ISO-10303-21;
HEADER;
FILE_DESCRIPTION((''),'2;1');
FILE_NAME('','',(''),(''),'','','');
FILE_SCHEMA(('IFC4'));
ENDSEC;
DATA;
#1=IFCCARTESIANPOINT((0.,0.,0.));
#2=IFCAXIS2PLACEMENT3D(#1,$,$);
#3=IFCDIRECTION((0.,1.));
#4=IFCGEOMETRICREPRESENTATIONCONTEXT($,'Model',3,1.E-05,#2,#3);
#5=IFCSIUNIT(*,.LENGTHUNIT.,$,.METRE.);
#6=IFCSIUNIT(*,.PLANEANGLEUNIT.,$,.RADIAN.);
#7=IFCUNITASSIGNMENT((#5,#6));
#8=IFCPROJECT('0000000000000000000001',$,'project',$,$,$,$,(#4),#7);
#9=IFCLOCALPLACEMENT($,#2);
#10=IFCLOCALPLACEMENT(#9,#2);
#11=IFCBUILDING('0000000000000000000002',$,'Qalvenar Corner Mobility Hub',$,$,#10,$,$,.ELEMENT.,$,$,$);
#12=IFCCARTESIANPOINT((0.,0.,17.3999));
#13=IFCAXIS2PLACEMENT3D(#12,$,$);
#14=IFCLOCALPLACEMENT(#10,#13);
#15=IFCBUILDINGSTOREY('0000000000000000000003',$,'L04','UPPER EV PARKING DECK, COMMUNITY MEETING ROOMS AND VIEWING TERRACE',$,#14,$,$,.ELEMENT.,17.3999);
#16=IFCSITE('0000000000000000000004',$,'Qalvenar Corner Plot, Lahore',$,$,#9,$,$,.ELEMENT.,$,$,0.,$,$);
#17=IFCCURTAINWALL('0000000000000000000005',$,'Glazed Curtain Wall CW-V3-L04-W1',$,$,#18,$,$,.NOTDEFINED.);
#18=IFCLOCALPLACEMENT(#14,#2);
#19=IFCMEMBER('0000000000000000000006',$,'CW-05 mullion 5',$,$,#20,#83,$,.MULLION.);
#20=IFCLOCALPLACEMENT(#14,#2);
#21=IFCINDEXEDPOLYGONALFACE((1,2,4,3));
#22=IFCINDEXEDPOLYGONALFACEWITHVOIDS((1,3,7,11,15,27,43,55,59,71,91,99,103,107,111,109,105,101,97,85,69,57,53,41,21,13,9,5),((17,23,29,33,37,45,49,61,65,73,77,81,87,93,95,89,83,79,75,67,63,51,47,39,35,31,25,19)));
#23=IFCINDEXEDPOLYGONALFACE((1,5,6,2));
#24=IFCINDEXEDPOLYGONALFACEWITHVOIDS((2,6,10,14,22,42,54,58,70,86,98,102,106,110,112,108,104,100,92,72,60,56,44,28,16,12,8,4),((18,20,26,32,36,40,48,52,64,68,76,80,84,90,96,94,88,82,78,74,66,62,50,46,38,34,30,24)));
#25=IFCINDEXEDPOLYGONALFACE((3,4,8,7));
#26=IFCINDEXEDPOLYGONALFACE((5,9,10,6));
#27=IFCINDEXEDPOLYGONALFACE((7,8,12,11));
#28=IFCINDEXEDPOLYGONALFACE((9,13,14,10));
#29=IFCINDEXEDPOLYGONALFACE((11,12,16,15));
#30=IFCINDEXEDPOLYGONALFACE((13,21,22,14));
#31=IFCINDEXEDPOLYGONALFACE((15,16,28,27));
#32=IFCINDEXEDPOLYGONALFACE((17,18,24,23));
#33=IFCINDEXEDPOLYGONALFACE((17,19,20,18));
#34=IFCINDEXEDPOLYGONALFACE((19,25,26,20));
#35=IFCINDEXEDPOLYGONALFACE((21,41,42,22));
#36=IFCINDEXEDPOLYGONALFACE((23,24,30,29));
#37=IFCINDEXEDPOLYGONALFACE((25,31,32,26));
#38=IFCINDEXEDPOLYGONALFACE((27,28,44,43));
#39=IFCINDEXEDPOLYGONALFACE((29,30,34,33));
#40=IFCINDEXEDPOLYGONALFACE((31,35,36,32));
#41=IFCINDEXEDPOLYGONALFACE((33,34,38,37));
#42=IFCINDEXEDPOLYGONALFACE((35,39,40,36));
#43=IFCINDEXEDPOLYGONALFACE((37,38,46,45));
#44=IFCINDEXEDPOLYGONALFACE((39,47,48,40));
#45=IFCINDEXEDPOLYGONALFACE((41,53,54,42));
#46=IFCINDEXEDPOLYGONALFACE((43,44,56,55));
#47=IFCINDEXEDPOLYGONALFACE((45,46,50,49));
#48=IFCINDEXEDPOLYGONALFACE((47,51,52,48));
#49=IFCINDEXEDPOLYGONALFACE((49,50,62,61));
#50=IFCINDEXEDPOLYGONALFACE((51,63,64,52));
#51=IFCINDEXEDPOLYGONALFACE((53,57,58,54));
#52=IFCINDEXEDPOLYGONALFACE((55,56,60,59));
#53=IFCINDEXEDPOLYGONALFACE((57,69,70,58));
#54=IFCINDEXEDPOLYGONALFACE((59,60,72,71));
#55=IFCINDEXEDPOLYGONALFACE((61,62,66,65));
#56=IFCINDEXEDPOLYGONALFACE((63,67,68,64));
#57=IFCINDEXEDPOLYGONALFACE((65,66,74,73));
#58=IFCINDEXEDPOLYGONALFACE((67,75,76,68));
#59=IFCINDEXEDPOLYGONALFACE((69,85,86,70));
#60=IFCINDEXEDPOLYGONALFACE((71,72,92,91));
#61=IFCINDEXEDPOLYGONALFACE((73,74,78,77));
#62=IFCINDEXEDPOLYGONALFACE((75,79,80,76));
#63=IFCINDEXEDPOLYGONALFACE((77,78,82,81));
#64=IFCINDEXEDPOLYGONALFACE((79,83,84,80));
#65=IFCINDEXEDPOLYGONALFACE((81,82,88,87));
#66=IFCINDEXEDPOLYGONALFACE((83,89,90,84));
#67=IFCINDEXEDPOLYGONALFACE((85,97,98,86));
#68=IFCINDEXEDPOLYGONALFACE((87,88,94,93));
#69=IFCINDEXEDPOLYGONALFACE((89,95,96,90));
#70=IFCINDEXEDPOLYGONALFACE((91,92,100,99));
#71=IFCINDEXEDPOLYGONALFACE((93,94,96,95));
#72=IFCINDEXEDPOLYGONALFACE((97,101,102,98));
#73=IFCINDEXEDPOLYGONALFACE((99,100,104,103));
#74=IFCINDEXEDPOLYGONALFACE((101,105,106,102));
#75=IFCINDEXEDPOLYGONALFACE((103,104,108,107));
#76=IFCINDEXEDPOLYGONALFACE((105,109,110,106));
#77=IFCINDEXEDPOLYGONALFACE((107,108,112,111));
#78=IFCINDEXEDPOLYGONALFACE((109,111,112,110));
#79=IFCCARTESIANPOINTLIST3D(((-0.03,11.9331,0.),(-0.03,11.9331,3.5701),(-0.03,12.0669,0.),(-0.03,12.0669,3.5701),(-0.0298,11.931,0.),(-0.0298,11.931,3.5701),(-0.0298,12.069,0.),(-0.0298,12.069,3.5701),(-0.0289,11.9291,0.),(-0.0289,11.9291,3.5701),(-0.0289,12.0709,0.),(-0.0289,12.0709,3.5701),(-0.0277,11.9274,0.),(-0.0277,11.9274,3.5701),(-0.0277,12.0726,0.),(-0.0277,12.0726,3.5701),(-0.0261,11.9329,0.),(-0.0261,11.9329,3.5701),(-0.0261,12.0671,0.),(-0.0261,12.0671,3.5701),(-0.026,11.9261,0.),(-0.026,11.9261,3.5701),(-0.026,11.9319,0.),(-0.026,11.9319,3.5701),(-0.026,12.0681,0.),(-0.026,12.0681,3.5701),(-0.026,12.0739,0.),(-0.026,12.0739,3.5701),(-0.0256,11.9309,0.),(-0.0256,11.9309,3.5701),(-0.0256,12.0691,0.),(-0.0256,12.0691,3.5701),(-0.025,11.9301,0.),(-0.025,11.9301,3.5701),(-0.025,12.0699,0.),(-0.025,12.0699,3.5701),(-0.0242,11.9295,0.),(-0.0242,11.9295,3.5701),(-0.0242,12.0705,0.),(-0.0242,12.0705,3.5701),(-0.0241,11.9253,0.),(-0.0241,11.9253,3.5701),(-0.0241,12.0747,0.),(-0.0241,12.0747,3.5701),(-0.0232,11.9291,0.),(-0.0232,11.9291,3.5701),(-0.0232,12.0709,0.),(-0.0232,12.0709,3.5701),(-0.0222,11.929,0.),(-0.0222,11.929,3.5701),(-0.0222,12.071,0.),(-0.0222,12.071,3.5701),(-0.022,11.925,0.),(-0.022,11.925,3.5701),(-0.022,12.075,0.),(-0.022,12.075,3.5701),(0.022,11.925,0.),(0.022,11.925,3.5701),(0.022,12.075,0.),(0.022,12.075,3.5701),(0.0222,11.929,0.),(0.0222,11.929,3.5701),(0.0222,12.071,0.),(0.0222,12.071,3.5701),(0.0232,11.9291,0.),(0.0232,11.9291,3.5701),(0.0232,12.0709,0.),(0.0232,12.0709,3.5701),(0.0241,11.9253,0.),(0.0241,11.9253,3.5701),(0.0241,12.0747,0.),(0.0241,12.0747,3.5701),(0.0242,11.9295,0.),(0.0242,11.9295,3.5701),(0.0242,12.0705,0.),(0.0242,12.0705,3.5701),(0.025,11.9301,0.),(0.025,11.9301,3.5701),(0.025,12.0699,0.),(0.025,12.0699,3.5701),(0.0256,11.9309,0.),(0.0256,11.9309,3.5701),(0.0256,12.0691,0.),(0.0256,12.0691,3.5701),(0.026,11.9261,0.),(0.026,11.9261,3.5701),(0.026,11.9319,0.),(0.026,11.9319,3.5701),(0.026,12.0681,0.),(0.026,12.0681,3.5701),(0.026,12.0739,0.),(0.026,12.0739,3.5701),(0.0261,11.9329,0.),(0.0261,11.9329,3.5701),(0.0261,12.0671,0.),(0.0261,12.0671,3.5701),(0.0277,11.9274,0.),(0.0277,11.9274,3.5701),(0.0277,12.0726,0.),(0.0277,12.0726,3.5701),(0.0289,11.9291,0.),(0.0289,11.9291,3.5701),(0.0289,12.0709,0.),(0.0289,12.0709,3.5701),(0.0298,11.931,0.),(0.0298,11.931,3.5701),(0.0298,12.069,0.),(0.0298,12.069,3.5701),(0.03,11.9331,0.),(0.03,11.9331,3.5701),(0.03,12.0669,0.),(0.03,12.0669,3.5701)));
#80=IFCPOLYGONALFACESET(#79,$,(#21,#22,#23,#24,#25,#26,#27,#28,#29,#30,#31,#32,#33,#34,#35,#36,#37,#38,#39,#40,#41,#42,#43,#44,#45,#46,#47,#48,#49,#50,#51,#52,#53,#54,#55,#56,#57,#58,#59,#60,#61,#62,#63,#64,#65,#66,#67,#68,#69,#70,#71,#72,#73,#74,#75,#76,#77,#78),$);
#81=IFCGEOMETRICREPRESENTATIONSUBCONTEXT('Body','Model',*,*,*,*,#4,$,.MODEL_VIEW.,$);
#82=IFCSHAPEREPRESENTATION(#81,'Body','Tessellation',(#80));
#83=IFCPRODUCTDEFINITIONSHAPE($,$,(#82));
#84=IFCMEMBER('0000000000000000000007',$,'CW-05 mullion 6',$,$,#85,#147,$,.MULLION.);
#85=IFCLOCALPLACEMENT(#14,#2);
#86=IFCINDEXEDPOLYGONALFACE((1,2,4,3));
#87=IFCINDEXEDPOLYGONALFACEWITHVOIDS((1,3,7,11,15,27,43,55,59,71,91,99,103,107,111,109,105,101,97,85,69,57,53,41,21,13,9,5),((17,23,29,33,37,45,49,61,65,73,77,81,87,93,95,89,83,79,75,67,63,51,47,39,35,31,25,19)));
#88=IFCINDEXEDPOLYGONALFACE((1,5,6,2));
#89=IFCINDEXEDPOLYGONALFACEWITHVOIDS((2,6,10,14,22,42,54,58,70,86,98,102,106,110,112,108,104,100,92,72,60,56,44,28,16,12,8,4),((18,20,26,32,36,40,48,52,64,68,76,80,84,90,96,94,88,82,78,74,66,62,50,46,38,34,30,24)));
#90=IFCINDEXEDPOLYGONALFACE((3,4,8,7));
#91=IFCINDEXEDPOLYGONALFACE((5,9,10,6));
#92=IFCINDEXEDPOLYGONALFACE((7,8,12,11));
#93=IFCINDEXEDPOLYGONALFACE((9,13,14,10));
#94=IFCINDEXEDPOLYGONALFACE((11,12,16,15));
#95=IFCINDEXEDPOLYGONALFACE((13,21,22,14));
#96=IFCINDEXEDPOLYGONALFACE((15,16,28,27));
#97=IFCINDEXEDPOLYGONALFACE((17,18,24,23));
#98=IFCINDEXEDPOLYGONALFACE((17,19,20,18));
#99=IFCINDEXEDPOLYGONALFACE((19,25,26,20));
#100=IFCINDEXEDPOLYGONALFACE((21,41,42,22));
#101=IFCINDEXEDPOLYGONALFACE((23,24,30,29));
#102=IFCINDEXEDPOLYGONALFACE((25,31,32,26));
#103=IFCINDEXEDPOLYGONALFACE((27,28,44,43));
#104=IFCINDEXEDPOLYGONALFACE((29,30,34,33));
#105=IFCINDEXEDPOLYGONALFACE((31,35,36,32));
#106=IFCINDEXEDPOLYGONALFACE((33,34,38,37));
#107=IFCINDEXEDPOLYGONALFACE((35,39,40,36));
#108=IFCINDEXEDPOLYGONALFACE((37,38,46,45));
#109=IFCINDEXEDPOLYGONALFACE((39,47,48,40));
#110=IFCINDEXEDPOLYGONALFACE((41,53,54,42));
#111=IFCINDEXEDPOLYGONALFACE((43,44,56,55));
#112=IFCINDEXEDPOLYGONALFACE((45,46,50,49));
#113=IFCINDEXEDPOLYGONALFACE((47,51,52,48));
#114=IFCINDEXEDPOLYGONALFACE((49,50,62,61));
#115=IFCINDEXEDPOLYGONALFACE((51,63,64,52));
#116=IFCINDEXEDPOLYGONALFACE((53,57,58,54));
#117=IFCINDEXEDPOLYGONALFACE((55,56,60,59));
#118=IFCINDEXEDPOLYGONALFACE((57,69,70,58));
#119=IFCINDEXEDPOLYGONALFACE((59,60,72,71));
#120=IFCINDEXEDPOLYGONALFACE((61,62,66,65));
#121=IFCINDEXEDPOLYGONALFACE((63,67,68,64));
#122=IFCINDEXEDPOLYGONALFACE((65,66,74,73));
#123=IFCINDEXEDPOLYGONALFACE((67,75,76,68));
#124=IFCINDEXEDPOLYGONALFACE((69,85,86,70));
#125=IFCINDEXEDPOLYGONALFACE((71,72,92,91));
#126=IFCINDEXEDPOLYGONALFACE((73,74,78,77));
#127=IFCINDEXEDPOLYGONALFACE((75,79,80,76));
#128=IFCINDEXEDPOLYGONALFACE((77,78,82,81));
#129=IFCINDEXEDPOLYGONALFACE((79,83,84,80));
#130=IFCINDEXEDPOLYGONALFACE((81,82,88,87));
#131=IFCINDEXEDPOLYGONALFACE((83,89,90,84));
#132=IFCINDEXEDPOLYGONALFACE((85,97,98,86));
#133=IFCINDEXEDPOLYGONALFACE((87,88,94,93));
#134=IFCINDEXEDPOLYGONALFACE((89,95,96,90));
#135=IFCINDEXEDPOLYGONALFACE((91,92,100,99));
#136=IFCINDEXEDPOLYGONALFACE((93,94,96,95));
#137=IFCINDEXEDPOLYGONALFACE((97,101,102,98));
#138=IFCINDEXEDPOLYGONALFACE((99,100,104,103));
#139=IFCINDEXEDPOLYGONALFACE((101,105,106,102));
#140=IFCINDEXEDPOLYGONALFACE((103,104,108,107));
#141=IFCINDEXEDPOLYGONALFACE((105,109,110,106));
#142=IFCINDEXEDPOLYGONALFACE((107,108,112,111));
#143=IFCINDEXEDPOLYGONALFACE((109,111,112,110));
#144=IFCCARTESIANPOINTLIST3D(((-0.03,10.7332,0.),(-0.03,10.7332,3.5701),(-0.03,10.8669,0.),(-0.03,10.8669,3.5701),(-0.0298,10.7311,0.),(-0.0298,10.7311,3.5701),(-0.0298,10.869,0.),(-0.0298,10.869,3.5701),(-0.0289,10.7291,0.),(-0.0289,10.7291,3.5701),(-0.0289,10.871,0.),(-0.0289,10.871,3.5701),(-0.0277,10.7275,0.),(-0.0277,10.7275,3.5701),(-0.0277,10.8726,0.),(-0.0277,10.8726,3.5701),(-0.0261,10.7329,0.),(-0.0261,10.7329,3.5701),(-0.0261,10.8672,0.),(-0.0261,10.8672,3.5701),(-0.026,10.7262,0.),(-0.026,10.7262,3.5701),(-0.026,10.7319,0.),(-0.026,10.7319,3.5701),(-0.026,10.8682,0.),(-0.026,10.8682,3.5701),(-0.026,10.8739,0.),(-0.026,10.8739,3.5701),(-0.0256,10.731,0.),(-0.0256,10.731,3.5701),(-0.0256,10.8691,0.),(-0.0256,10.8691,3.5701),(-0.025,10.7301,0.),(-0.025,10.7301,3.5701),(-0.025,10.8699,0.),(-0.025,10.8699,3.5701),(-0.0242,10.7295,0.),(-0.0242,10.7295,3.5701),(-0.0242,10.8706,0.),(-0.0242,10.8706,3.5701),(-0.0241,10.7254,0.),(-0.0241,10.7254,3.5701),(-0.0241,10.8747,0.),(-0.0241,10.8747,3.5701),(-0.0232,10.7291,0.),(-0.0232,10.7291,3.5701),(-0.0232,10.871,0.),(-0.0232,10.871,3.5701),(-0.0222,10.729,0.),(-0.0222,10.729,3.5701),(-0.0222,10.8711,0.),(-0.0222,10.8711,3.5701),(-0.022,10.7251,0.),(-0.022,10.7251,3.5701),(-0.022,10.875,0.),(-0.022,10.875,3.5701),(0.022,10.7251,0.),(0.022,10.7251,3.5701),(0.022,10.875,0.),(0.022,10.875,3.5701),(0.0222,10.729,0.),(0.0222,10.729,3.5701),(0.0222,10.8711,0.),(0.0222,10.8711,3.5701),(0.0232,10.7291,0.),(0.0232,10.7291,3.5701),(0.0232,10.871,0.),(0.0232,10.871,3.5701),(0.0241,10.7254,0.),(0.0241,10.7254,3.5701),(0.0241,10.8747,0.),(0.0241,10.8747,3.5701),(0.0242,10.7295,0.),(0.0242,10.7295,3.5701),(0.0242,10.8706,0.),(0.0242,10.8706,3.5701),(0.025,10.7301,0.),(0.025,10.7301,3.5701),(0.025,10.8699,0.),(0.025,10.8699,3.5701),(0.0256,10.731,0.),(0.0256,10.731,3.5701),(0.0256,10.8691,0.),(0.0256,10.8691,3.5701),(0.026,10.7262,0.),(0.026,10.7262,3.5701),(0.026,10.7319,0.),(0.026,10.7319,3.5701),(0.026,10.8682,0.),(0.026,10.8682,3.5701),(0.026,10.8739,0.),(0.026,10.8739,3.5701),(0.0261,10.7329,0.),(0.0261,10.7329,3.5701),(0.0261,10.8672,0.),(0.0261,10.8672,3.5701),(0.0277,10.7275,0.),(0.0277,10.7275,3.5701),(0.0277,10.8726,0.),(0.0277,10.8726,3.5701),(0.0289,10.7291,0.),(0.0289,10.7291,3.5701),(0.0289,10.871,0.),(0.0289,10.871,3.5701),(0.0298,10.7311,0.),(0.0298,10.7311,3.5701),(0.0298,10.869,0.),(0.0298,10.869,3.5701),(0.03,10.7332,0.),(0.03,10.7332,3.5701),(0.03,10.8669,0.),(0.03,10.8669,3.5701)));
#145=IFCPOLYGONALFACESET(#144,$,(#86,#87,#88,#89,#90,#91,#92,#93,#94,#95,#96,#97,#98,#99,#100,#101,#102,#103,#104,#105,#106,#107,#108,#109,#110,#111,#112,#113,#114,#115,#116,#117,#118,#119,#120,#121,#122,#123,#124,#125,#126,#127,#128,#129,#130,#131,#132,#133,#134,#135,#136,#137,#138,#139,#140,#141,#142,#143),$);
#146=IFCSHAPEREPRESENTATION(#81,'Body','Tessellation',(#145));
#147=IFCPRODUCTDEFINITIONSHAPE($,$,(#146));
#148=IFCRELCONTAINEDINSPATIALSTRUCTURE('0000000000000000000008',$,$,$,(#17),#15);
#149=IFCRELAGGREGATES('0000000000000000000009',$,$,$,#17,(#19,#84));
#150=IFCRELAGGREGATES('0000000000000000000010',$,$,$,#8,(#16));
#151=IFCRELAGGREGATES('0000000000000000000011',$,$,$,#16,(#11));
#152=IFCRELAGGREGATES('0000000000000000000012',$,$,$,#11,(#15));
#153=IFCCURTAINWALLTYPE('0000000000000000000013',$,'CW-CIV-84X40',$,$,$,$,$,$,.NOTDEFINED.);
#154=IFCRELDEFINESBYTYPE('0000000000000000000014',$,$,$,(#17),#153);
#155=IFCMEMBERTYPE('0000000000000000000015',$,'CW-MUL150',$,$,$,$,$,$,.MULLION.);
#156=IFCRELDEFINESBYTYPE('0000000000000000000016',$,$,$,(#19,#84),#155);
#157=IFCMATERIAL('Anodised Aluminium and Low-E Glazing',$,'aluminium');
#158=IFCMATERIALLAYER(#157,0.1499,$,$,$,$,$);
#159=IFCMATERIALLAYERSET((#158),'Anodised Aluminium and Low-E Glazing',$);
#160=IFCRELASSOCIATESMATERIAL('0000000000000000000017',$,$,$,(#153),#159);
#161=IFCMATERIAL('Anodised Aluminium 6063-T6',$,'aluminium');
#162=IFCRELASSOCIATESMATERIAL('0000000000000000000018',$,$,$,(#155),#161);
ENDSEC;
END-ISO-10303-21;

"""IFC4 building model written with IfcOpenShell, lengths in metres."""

from ifc_helpers import new_model, si_unit, direction, frame, origin, origin_2d, place, context, subcontext, project, spatial, hollow_rectangle, extrude, material, layer, layer_set, material_profile, profile_set, type_object, element, aggregate, save


model = new_model("IFC4")

# Units and contexts
model_context = context("Model", 3, precision=1e-05, world=origin(), true_north=direction((0.0, 1.0)))
body_context = subcontext(model_context, "Body", "Model", "MODEL_VIEW")
ifc_project = project(units=[si_unit("LENGTHUNIT", "METRE"), si_unit("PLANEANGLEUNIT", "RADIAN")], contexts=[model_context])

# Site, building, storey
site_placement = place(None, origin())
site = spatial("IfcSite", under=ifc_project, at=site_placement, Name="Qalvenar Corner Plot, Lahore", CompositionType="ELEMENT", RefElevation=0.0)
building_placement = place(site_placement, origin())
building = spatial("IfcBuilding", under=site, at=building_placement, Name="Qalvenar Corner Mobility Hub", CompositionType="ELEMENT")
storey_placement = place(building_placement, frame((0.0, 0.0, 17.3999)))
storey = spatial("IfcBuildingStorey", under=building, at=storey_placement, Name="L04", Description="UPPER EV PARKING DECK, COMMUNITY MEETING ROOMS AND VIEWING TERRACE", CompositionType="ELEMENT", Elevation=17.3999)

# Curtain wall, members
ifc_material_1 = material(Name="Anodised Aluminium and Low-E Glazing", Category="aluminium")
ifc_layer_1 = layer(ifc_material_1, 0.1499)
ifc_layer_set_1 = layer_set([ifc_layer_1], Name="Anodised Aluminium and Low-E Glazing")
curtain_wall_type = type_object("IfcCurtainWallType", Name="CW-CIV-84X40", PredefinedType="NOTDEFINED", material=ifc_layer_set_1)
curtain_wall_placement = place(storey_placement, origin())
curtain_wall = element("IfcCurtainWall", 1, at=curtain_wall_placement, inside=storey, type_object=curtain_wall_type, Name="Glazed Curtain Wall CW-V3-L04-W1", PredefinedType="NOTDEFINED")
ifc_material_2 = material(Name="Anodised Aluminium 6063-T6", Category="aluminium")
ifc_material_profile_1 = material_profile(ifc_material_2, hollow_rectangle(XDim=0.0601, YDim=0.1499, WallThickness=0.0039, InnerFilletRadius=0.0039, OuterFilletRadius=0.0081, at=origin_2d()), Name="RHS150x60x4")
ifc_profile_set_1 = profile_set([ifc_material_profile_1], Name="Anodised Aluminium 6063-T6")
member_type_1 = type_object("IfcMemberType", Name="CW-MUL150", PredefinedType="MULLION", material=ifc_profile_set_1)
member_1_placement = place(storey_placement, frame((0.0, 12.0, 0.0), z_axis=(0.0, 0.0, 1.0), x_axis=(1.0, 0.0, 0.0)))
member_1 = element("IfcMember", 2, at=member_1_placement, type_object=member_type_1, Name="CW-05 mullion 5", PredefinedType="MULLION", context=body_context, shape_type="SweptSolid", body=[
    extrude(hollow_rectangle(XDim=0.0601, YDim=0.1499, WallThickness=0.0039, InnerFilletRadius=0.0039, OuterFilletRadius=0.0081, at=origin_2d()), origin(), (0.0, 0.0, 1.0), 3.5701),
])
member_2_placement = place(storey_placement, frame((0.0, 10.8, 0.0), z_axis=(0.0, 0.0, 1.0), x_axis=(1.0, 0.0, 0.0)))
member_2 = element("IfcMember", 3, at=member_2_placement, type_object=member_type_1, Name="CW-05 mullion 6", PredefinedType="MULLION", context=body_context, shape_type="SweptSolid", body=[
    extrude(hollow_rectangle(XDim=0.0601, YDim=0.1499, WallThickness=0.0039, InnerFilletRadius=0.0039, OuterFilletRadius=0.0081, at=origin_2d()), origin(), (0.0, 0.0, 1.0), 3.5701),
])
aggregate(curtain_wall, [member_1, member_2])

save(model, "model.ifc")
